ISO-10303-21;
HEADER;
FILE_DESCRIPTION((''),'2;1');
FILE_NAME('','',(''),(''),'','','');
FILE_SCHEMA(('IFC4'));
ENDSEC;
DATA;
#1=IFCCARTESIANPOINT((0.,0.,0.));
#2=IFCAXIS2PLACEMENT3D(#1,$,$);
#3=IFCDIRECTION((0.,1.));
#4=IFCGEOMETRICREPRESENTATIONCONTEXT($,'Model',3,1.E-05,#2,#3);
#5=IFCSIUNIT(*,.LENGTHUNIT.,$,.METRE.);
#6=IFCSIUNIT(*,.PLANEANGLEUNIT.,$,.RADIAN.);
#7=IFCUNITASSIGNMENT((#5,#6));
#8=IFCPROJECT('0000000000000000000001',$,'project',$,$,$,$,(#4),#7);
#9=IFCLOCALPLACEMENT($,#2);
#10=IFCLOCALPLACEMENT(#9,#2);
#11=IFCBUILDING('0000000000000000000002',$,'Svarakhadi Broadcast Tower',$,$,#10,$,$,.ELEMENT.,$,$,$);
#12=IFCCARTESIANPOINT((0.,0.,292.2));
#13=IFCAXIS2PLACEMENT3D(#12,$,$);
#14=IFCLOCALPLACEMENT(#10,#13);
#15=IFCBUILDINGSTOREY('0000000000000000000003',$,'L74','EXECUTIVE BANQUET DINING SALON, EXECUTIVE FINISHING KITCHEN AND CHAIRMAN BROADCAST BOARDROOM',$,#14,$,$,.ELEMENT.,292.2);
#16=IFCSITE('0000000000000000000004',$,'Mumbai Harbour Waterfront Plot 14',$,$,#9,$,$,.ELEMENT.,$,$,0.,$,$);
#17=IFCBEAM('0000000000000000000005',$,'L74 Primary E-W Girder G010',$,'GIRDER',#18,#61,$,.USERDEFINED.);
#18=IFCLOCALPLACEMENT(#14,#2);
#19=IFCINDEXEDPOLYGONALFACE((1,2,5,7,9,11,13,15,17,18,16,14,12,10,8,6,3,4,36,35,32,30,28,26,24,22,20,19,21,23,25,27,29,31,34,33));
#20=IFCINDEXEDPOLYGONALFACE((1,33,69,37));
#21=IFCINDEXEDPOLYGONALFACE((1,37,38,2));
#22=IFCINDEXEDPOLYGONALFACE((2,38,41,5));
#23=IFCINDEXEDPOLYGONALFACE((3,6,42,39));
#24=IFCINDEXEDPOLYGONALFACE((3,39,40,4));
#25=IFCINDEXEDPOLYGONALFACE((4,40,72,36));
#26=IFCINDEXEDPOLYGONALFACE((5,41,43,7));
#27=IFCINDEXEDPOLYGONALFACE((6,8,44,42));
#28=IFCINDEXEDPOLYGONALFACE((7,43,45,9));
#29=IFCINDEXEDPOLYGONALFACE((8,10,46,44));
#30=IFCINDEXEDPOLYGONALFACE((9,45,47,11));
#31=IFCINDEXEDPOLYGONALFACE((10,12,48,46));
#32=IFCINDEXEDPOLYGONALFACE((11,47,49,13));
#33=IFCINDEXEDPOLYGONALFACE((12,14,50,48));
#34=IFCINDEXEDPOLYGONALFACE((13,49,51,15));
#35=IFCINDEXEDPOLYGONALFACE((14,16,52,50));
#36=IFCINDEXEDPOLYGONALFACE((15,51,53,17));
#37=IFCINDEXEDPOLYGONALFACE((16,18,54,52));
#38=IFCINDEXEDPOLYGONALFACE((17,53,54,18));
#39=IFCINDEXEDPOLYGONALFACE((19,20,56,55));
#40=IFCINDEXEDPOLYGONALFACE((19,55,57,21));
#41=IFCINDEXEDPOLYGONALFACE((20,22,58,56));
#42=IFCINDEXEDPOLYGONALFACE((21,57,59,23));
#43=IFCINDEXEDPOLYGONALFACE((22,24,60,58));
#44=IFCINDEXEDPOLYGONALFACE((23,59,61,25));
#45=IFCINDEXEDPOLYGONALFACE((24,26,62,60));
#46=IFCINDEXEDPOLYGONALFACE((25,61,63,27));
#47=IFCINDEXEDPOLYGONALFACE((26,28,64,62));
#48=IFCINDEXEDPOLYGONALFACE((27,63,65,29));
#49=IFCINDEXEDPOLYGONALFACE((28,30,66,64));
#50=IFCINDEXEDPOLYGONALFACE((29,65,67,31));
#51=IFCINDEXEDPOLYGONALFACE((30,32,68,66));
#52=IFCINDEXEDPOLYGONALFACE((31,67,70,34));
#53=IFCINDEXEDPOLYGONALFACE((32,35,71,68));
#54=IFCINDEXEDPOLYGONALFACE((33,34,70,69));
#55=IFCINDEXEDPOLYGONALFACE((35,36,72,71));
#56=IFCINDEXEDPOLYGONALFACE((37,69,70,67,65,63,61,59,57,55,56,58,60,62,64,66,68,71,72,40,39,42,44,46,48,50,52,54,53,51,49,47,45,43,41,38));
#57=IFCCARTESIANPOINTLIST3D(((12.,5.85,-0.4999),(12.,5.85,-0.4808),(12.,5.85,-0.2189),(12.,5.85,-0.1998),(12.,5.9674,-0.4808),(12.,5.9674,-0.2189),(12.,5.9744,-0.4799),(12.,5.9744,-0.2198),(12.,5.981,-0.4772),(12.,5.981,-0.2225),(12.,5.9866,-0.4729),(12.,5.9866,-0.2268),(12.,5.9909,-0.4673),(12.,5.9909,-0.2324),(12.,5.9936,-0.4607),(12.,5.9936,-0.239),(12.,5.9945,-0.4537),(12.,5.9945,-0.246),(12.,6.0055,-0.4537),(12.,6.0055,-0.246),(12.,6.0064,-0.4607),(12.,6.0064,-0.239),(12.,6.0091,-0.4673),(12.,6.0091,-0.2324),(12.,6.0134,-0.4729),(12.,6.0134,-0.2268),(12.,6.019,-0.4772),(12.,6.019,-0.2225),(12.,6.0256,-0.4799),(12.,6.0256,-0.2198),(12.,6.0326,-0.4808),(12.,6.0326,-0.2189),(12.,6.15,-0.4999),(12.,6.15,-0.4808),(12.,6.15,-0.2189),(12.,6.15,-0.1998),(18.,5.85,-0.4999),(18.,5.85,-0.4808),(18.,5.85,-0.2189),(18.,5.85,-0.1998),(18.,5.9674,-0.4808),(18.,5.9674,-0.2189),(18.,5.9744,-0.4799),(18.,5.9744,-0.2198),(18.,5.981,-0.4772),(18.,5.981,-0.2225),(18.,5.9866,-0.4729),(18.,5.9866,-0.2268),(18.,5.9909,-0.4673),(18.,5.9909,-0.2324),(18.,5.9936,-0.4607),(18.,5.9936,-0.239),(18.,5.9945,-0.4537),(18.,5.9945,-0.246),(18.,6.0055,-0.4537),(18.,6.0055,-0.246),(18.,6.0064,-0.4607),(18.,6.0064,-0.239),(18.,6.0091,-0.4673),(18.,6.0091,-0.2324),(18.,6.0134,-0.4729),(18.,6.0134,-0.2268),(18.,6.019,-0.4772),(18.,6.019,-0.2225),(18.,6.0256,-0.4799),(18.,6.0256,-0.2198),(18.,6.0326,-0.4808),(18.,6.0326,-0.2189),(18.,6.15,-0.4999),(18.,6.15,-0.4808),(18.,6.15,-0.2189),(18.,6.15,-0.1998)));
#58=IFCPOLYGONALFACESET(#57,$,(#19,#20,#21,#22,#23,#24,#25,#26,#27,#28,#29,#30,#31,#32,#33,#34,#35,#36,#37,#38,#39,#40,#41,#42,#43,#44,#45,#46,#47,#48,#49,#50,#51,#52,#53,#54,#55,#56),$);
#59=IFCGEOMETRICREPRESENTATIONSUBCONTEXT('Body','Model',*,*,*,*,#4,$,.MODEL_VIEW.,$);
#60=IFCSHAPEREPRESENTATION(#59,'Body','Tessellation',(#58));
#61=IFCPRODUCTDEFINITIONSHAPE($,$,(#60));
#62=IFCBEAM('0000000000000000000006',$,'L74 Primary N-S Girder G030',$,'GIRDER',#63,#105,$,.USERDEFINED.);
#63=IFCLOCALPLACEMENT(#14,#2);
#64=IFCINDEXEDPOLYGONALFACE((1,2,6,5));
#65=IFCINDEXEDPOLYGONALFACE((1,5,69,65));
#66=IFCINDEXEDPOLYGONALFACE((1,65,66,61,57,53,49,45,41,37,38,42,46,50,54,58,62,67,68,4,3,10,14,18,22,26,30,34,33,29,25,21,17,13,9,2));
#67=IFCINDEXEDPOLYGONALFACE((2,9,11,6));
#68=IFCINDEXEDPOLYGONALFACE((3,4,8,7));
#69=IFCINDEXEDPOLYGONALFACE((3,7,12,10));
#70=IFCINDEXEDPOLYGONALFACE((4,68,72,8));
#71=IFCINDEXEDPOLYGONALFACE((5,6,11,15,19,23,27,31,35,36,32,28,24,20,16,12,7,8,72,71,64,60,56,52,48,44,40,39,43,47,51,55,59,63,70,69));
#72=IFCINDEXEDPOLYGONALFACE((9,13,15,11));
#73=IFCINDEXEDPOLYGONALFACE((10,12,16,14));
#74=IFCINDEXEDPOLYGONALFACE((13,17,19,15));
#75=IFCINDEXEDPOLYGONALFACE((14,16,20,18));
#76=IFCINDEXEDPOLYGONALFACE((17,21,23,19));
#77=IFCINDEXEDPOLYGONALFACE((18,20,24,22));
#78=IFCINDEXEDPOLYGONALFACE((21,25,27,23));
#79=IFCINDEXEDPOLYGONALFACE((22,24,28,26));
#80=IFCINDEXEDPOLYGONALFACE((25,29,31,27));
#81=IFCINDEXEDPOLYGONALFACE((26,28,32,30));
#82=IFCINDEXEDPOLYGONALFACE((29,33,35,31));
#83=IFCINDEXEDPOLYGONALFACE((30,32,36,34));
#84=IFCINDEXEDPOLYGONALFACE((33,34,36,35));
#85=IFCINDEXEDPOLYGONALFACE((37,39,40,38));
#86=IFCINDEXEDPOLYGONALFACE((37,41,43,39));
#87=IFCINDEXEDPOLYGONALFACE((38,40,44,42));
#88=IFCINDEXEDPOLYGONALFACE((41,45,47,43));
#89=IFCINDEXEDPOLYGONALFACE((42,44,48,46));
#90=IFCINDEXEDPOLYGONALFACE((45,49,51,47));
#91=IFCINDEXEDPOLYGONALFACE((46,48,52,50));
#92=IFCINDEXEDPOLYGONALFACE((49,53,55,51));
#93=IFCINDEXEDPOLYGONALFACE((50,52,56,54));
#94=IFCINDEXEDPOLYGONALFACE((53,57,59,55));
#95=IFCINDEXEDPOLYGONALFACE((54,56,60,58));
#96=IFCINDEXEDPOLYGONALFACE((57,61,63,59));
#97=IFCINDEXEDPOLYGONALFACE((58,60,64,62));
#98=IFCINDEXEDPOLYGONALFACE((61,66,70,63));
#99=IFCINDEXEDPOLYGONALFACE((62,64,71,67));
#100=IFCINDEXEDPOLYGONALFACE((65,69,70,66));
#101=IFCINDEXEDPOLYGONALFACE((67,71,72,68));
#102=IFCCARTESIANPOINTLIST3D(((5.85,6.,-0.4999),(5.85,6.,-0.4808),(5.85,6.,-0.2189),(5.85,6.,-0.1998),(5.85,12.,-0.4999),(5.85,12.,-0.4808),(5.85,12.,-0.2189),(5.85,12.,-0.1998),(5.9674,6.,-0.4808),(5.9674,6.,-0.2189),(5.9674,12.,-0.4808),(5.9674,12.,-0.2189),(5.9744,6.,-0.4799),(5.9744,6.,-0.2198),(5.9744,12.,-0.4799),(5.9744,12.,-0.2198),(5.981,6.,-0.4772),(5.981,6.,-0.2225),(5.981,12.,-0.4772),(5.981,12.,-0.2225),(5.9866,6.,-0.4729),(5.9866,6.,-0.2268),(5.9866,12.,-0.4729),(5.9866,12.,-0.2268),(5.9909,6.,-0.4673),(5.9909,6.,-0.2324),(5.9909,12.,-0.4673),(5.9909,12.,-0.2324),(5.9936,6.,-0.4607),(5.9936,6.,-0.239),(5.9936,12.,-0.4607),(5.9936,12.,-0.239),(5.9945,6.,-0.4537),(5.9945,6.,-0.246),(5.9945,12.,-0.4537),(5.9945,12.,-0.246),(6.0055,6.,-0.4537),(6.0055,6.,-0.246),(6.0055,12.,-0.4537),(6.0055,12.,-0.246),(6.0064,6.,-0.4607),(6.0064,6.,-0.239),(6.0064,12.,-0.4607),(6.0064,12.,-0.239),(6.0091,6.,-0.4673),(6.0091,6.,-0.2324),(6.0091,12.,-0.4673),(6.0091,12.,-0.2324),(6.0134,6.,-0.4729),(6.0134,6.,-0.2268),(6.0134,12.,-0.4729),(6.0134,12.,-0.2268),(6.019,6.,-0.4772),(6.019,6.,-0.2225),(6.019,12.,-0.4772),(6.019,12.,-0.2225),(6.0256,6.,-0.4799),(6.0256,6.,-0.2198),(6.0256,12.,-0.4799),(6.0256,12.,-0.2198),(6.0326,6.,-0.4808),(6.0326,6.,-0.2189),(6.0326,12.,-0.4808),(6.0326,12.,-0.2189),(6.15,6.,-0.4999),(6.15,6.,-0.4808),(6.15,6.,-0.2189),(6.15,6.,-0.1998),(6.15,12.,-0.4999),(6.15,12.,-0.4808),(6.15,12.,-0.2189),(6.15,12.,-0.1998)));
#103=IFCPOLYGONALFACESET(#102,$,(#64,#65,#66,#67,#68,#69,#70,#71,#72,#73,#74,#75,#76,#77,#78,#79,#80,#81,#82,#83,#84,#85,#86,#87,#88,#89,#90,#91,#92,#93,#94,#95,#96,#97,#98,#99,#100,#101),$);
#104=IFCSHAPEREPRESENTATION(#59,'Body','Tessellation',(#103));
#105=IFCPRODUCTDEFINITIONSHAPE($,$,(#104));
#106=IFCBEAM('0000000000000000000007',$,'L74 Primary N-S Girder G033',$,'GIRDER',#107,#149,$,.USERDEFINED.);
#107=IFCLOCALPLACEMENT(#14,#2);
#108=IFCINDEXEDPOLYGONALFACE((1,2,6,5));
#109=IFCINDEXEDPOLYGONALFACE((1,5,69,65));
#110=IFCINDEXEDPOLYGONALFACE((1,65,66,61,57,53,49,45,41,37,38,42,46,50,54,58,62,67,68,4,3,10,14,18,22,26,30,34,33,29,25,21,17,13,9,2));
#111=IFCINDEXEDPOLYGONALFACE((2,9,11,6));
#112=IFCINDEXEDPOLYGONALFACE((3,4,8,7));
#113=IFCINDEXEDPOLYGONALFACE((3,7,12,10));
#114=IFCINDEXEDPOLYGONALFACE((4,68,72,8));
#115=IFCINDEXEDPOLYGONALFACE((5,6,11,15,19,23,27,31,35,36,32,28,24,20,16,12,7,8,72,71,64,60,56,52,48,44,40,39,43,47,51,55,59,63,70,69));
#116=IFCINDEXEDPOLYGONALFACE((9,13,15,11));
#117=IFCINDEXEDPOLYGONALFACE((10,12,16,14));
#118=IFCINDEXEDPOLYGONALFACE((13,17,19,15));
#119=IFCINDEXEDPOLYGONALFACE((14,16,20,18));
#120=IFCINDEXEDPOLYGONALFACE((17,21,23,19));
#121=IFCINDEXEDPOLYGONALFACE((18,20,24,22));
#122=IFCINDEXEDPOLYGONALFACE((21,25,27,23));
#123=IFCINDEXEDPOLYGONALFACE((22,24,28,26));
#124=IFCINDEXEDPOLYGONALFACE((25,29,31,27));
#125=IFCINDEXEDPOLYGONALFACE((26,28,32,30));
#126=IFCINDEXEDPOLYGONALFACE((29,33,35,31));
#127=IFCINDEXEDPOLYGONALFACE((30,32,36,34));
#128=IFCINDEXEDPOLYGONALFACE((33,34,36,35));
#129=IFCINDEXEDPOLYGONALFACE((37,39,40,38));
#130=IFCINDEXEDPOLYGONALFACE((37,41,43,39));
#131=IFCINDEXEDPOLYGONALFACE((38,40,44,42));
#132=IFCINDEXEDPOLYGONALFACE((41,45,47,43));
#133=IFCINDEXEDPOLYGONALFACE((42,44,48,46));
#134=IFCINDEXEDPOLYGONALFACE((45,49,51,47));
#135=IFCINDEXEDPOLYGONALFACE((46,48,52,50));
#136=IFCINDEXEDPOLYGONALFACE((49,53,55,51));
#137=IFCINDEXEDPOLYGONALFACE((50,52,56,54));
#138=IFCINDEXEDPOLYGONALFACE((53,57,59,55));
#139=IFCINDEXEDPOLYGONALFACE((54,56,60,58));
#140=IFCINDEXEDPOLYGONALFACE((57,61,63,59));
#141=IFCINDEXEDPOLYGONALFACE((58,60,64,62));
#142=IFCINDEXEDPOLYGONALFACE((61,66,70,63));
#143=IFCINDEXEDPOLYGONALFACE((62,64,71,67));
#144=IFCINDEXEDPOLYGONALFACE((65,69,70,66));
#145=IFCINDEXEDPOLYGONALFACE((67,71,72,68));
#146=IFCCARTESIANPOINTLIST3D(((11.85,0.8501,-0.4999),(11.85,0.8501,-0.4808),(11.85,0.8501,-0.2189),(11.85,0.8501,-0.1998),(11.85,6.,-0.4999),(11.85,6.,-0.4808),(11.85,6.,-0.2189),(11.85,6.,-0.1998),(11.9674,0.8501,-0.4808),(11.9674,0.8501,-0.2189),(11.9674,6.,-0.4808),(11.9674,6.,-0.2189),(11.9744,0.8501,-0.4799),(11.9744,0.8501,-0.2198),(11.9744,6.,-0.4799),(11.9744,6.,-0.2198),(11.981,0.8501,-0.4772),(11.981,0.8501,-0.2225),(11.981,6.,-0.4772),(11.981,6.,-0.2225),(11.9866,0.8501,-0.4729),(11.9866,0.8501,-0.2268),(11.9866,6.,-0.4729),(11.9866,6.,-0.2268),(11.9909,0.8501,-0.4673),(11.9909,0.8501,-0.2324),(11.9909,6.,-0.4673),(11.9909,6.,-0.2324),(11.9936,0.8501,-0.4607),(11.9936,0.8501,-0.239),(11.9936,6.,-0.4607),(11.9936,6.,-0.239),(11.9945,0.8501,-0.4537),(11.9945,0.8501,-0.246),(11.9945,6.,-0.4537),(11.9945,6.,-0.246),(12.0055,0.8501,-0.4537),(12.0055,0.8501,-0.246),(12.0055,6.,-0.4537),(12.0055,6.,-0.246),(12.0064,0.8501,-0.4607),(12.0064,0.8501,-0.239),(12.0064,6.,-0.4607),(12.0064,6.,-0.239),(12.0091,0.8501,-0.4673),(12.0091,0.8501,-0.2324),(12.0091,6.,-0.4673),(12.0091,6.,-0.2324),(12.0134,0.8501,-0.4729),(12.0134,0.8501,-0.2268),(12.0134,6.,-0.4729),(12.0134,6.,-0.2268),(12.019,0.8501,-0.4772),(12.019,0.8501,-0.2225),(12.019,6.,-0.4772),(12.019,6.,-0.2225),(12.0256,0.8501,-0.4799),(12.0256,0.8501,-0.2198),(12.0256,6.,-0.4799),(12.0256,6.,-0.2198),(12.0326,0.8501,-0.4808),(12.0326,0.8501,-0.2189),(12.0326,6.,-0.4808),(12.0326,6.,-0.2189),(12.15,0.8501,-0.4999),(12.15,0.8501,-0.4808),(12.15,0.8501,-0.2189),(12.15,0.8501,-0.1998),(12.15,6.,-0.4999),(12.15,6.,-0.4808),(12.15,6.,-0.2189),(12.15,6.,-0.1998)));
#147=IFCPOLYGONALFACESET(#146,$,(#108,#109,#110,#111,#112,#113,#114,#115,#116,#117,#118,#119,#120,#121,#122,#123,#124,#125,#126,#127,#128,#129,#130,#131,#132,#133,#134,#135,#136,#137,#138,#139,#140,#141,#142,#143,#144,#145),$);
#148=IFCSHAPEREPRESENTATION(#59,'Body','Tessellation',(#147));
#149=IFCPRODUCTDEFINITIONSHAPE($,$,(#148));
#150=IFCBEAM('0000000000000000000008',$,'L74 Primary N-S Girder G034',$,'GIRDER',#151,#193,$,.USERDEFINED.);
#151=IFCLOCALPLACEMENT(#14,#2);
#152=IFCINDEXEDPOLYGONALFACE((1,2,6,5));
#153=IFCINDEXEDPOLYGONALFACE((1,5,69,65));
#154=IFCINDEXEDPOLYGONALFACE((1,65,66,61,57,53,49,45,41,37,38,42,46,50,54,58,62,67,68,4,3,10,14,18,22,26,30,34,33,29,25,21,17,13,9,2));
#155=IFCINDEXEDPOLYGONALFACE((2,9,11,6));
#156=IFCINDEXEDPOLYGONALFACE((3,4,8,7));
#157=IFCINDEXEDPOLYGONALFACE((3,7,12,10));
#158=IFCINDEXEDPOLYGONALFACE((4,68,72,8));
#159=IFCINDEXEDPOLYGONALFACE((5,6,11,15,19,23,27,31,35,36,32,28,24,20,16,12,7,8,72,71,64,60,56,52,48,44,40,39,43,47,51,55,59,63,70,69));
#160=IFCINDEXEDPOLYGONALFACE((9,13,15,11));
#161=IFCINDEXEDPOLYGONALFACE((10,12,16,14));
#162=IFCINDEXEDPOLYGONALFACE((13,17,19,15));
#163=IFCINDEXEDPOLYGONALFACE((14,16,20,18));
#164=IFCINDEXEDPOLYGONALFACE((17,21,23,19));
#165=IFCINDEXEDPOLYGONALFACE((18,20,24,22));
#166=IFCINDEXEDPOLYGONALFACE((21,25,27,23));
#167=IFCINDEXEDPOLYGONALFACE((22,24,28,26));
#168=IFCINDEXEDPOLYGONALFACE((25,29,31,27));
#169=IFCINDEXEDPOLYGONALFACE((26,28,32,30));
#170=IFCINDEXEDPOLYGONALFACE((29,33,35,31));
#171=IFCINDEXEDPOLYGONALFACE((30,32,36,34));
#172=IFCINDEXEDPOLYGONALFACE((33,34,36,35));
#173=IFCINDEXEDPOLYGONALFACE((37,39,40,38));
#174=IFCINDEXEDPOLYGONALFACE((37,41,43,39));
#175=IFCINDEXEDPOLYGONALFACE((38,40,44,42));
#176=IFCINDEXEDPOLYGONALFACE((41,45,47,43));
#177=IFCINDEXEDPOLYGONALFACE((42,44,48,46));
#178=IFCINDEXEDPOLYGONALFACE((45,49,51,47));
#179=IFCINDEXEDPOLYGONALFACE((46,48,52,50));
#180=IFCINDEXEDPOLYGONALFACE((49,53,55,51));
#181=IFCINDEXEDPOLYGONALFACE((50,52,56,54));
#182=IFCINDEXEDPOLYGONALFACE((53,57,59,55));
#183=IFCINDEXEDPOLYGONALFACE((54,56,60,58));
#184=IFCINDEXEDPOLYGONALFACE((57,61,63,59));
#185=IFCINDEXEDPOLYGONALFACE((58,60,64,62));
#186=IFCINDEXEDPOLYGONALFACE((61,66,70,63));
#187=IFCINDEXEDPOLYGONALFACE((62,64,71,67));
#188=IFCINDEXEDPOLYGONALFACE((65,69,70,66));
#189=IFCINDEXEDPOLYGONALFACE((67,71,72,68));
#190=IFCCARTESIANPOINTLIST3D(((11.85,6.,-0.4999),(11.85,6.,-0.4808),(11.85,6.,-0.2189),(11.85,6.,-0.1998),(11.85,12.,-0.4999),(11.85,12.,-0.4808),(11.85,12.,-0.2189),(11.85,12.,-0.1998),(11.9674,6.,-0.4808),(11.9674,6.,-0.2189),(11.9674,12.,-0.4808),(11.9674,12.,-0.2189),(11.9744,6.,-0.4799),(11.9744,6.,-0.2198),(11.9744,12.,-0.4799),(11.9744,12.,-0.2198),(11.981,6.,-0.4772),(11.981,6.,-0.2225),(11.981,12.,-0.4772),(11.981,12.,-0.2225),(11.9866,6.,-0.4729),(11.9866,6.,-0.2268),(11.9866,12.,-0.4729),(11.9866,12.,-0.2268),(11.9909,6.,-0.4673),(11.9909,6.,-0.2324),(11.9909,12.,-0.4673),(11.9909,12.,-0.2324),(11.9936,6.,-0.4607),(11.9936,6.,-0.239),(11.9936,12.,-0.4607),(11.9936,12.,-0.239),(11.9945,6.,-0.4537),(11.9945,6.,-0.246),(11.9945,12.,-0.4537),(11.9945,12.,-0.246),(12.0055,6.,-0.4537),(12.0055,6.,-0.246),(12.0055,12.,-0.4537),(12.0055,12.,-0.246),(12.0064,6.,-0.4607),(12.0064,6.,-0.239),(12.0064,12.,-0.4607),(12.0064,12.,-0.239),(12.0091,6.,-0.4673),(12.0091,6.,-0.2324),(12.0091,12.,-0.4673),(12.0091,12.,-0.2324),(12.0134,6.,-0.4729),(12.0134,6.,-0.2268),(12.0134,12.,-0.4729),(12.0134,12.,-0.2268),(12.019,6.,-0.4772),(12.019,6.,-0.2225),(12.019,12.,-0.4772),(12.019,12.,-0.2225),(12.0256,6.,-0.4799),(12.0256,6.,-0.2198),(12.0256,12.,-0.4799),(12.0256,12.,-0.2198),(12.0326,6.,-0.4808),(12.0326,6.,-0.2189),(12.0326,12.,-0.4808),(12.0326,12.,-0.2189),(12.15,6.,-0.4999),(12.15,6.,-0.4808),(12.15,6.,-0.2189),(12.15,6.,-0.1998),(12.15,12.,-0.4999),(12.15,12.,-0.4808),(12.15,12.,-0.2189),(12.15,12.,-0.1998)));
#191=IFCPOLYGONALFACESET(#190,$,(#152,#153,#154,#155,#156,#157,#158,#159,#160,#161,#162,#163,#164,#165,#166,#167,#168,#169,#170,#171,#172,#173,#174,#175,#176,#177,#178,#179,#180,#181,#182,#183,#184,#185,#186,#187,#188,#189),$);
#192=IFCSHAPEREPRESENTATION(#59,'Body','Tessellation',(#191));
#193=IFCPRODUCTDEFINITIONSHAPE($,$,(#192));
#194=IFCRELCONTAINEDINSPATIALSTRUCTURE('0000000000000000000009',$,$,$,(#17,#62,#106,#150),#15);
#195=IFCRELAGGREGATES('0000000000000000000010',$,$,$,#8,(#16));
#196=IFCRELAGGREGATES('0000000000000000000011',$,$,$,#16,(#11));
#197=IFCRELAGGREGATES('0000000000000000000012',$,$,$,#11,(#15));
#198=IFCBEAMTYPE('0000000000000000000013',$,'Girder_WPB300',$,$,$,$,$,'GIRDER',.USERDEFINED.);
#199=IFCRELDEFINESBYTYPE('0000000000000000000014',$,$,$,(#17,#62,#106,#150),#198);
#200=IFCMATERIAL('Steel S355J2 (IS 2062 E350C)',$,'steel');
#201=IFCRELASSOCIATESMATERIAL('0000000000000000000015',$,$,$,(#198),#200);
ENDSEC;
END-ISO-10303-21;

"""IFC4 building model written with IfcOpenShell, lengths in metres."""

from ifc_helpers import new_model, si_unit, direction, frame, origin, origin_2d, place, context, subcontext, project, spatial, i_section, extrude, material, material_profile, profile_set, type_object, element, save


model = new_model("IFC4")

# Units and contexts
model_context = context("Model", 3, precision=1e-05, world=origin(), true_north=direction((0.0, 1.0)))
body_context = subcontext(model_context, "Body", "Model", "MODEL_VIEW")
ifc_project = project(units=[si_unit("LENGTHUNIT", "METRE"), si_unit("PLANEANGLEUNIT", "RADIAN")], contexts=[model_context])

# Site, building, storey
site_placement = place(None, origin())
site = spatial("IfcSite", under=ifc_project, at=site_placement, Name="Mumbai Harbour Waterfront Plot 14", CompositionType="ELEMENT", RefElevation=0.0)
building_placement = place(site_placement, origin())
building = spatial("IfcBuilding", under=site, at=building_placement, Name="Svarakhadi Broadcast Tower", CompositionType="ELEMENT")
storey_placement = place(building_placement, frame((0.0, 0.0, 292.2)))
storey = spatial("IfcBuildingStorey", under=building, at=storey_placement, Name="L74", Description="EXECUTIVE BANQUET DINING SALON, EXECUTIVE FINISHING KITCHEN AND CHAIRMAN BROADCAST BOARDROOM", CompositionType="ELEMENT", Elevation=292.2)

# Shared definitions
ifc_material_1 = material(Name="Steel S355J2 (IS 2062 E350C)", Category="steel")

# Beams
ifc_material_profile_1 = material_profile(ifc_material_1, i_section(OverallWidth=0.3, OverallDepth=0.3, WebThickness=0.011, FlangeThickness=0.019, FilletRadius=0.0271, at=origin_2d()), Name="WPB 300x300x117")
ifc_profile_set_1 = profile_set([ifc_material_profile_1], Name="Steel S355J2 (IS 2062 E350C)")
beam_type_1 = type_object("IfcBeamType", Name="Girder_WPB300", ElementType="GIRDER", PredefinedType="USERDEFINED", material=ifc_profile_set_1)
for number, where, z_axis, x_axis, name in (
    (1, (12.0, 6.0, -0.3499), (1.0, 0.0, 0.0), (0.0, 1.0, 0.0), "L74 Primary E-W Girder G010"),
    (2, (6.0, 6.0, -0.3499), (0.0, 1.0, 0.0), (-1.0, 0.0, 0.0), "L74 Primary N-S Girder G030"),
):
    element("IfcBeam", number, at=place(storey_placement, frame(where, z_axis=z_axis, x_axis=x_axis)), inside=storey, type_object=beam_type_1, Name=name, ObjectType="GIRDER", PredefinedType="USERDEFINED", context=body_context, shape_type="SweptSolid", body=[
        extrude(i_section(OverallWidth=0.3, OverallDepth=0.3, WebThickness=0.011, FlangeThickness=0.019, FilletRadius=0.0271, at=origin_2d()), origin(), (0.0, 0.0, 1.0), 6.0),
    ])
beam_1_placement = place(storey_placement, frame((12.0, 0.8501, -0.3499), z_axis=(0.0, 1.0, 0.0), x_axis=(-1.0, 0.0, 0.0)))
element("IfcBeam", 3, at=beam_1_placement, inside=storey, type_object=beam_type_1, Name="L74 Primary N-S Girder G033", ObjectType="GIRDER", PredefinedType="USERDEFINED", context=body_context, shape_type="SweptSolid", body=[
    extrude(i_section(OverallWidth=0.3, OverallDepth=0.3, WebThickness=0.011, FlangeThickness=0.019, FilletRadius=0.0271, at=origin_2d()), origin(), (0.0, 0.0, 1.0), 5.1499),
])
beam_2_placement = place(storey_placement, frame((12.0, 6.0, -0.3499), z_axis=(0.0, 1.0, 0.0), x_axis=(-1.0, 0.0, 0.0)))
element("IfcBeam", 4, at=beam_2_placement, inside=storey, type_object=beam_type_1, Name="L74 Primary N-S Girder G034", ObjectType="GIRDER", PredefinedType="USERDEFINED", context=body_context, shape_type="SweptSolid", body=[
    extrude(i_section(OverallWidth=0.3, OverallDepth=0.3, WebThickness=0.011, FlangeThickness=0.019, FilletRadius=0.0271, at=origin_2d()), origin(), (0.0, 0.0, 1.0), 6.0),
])

save(model, "model.ifc")
